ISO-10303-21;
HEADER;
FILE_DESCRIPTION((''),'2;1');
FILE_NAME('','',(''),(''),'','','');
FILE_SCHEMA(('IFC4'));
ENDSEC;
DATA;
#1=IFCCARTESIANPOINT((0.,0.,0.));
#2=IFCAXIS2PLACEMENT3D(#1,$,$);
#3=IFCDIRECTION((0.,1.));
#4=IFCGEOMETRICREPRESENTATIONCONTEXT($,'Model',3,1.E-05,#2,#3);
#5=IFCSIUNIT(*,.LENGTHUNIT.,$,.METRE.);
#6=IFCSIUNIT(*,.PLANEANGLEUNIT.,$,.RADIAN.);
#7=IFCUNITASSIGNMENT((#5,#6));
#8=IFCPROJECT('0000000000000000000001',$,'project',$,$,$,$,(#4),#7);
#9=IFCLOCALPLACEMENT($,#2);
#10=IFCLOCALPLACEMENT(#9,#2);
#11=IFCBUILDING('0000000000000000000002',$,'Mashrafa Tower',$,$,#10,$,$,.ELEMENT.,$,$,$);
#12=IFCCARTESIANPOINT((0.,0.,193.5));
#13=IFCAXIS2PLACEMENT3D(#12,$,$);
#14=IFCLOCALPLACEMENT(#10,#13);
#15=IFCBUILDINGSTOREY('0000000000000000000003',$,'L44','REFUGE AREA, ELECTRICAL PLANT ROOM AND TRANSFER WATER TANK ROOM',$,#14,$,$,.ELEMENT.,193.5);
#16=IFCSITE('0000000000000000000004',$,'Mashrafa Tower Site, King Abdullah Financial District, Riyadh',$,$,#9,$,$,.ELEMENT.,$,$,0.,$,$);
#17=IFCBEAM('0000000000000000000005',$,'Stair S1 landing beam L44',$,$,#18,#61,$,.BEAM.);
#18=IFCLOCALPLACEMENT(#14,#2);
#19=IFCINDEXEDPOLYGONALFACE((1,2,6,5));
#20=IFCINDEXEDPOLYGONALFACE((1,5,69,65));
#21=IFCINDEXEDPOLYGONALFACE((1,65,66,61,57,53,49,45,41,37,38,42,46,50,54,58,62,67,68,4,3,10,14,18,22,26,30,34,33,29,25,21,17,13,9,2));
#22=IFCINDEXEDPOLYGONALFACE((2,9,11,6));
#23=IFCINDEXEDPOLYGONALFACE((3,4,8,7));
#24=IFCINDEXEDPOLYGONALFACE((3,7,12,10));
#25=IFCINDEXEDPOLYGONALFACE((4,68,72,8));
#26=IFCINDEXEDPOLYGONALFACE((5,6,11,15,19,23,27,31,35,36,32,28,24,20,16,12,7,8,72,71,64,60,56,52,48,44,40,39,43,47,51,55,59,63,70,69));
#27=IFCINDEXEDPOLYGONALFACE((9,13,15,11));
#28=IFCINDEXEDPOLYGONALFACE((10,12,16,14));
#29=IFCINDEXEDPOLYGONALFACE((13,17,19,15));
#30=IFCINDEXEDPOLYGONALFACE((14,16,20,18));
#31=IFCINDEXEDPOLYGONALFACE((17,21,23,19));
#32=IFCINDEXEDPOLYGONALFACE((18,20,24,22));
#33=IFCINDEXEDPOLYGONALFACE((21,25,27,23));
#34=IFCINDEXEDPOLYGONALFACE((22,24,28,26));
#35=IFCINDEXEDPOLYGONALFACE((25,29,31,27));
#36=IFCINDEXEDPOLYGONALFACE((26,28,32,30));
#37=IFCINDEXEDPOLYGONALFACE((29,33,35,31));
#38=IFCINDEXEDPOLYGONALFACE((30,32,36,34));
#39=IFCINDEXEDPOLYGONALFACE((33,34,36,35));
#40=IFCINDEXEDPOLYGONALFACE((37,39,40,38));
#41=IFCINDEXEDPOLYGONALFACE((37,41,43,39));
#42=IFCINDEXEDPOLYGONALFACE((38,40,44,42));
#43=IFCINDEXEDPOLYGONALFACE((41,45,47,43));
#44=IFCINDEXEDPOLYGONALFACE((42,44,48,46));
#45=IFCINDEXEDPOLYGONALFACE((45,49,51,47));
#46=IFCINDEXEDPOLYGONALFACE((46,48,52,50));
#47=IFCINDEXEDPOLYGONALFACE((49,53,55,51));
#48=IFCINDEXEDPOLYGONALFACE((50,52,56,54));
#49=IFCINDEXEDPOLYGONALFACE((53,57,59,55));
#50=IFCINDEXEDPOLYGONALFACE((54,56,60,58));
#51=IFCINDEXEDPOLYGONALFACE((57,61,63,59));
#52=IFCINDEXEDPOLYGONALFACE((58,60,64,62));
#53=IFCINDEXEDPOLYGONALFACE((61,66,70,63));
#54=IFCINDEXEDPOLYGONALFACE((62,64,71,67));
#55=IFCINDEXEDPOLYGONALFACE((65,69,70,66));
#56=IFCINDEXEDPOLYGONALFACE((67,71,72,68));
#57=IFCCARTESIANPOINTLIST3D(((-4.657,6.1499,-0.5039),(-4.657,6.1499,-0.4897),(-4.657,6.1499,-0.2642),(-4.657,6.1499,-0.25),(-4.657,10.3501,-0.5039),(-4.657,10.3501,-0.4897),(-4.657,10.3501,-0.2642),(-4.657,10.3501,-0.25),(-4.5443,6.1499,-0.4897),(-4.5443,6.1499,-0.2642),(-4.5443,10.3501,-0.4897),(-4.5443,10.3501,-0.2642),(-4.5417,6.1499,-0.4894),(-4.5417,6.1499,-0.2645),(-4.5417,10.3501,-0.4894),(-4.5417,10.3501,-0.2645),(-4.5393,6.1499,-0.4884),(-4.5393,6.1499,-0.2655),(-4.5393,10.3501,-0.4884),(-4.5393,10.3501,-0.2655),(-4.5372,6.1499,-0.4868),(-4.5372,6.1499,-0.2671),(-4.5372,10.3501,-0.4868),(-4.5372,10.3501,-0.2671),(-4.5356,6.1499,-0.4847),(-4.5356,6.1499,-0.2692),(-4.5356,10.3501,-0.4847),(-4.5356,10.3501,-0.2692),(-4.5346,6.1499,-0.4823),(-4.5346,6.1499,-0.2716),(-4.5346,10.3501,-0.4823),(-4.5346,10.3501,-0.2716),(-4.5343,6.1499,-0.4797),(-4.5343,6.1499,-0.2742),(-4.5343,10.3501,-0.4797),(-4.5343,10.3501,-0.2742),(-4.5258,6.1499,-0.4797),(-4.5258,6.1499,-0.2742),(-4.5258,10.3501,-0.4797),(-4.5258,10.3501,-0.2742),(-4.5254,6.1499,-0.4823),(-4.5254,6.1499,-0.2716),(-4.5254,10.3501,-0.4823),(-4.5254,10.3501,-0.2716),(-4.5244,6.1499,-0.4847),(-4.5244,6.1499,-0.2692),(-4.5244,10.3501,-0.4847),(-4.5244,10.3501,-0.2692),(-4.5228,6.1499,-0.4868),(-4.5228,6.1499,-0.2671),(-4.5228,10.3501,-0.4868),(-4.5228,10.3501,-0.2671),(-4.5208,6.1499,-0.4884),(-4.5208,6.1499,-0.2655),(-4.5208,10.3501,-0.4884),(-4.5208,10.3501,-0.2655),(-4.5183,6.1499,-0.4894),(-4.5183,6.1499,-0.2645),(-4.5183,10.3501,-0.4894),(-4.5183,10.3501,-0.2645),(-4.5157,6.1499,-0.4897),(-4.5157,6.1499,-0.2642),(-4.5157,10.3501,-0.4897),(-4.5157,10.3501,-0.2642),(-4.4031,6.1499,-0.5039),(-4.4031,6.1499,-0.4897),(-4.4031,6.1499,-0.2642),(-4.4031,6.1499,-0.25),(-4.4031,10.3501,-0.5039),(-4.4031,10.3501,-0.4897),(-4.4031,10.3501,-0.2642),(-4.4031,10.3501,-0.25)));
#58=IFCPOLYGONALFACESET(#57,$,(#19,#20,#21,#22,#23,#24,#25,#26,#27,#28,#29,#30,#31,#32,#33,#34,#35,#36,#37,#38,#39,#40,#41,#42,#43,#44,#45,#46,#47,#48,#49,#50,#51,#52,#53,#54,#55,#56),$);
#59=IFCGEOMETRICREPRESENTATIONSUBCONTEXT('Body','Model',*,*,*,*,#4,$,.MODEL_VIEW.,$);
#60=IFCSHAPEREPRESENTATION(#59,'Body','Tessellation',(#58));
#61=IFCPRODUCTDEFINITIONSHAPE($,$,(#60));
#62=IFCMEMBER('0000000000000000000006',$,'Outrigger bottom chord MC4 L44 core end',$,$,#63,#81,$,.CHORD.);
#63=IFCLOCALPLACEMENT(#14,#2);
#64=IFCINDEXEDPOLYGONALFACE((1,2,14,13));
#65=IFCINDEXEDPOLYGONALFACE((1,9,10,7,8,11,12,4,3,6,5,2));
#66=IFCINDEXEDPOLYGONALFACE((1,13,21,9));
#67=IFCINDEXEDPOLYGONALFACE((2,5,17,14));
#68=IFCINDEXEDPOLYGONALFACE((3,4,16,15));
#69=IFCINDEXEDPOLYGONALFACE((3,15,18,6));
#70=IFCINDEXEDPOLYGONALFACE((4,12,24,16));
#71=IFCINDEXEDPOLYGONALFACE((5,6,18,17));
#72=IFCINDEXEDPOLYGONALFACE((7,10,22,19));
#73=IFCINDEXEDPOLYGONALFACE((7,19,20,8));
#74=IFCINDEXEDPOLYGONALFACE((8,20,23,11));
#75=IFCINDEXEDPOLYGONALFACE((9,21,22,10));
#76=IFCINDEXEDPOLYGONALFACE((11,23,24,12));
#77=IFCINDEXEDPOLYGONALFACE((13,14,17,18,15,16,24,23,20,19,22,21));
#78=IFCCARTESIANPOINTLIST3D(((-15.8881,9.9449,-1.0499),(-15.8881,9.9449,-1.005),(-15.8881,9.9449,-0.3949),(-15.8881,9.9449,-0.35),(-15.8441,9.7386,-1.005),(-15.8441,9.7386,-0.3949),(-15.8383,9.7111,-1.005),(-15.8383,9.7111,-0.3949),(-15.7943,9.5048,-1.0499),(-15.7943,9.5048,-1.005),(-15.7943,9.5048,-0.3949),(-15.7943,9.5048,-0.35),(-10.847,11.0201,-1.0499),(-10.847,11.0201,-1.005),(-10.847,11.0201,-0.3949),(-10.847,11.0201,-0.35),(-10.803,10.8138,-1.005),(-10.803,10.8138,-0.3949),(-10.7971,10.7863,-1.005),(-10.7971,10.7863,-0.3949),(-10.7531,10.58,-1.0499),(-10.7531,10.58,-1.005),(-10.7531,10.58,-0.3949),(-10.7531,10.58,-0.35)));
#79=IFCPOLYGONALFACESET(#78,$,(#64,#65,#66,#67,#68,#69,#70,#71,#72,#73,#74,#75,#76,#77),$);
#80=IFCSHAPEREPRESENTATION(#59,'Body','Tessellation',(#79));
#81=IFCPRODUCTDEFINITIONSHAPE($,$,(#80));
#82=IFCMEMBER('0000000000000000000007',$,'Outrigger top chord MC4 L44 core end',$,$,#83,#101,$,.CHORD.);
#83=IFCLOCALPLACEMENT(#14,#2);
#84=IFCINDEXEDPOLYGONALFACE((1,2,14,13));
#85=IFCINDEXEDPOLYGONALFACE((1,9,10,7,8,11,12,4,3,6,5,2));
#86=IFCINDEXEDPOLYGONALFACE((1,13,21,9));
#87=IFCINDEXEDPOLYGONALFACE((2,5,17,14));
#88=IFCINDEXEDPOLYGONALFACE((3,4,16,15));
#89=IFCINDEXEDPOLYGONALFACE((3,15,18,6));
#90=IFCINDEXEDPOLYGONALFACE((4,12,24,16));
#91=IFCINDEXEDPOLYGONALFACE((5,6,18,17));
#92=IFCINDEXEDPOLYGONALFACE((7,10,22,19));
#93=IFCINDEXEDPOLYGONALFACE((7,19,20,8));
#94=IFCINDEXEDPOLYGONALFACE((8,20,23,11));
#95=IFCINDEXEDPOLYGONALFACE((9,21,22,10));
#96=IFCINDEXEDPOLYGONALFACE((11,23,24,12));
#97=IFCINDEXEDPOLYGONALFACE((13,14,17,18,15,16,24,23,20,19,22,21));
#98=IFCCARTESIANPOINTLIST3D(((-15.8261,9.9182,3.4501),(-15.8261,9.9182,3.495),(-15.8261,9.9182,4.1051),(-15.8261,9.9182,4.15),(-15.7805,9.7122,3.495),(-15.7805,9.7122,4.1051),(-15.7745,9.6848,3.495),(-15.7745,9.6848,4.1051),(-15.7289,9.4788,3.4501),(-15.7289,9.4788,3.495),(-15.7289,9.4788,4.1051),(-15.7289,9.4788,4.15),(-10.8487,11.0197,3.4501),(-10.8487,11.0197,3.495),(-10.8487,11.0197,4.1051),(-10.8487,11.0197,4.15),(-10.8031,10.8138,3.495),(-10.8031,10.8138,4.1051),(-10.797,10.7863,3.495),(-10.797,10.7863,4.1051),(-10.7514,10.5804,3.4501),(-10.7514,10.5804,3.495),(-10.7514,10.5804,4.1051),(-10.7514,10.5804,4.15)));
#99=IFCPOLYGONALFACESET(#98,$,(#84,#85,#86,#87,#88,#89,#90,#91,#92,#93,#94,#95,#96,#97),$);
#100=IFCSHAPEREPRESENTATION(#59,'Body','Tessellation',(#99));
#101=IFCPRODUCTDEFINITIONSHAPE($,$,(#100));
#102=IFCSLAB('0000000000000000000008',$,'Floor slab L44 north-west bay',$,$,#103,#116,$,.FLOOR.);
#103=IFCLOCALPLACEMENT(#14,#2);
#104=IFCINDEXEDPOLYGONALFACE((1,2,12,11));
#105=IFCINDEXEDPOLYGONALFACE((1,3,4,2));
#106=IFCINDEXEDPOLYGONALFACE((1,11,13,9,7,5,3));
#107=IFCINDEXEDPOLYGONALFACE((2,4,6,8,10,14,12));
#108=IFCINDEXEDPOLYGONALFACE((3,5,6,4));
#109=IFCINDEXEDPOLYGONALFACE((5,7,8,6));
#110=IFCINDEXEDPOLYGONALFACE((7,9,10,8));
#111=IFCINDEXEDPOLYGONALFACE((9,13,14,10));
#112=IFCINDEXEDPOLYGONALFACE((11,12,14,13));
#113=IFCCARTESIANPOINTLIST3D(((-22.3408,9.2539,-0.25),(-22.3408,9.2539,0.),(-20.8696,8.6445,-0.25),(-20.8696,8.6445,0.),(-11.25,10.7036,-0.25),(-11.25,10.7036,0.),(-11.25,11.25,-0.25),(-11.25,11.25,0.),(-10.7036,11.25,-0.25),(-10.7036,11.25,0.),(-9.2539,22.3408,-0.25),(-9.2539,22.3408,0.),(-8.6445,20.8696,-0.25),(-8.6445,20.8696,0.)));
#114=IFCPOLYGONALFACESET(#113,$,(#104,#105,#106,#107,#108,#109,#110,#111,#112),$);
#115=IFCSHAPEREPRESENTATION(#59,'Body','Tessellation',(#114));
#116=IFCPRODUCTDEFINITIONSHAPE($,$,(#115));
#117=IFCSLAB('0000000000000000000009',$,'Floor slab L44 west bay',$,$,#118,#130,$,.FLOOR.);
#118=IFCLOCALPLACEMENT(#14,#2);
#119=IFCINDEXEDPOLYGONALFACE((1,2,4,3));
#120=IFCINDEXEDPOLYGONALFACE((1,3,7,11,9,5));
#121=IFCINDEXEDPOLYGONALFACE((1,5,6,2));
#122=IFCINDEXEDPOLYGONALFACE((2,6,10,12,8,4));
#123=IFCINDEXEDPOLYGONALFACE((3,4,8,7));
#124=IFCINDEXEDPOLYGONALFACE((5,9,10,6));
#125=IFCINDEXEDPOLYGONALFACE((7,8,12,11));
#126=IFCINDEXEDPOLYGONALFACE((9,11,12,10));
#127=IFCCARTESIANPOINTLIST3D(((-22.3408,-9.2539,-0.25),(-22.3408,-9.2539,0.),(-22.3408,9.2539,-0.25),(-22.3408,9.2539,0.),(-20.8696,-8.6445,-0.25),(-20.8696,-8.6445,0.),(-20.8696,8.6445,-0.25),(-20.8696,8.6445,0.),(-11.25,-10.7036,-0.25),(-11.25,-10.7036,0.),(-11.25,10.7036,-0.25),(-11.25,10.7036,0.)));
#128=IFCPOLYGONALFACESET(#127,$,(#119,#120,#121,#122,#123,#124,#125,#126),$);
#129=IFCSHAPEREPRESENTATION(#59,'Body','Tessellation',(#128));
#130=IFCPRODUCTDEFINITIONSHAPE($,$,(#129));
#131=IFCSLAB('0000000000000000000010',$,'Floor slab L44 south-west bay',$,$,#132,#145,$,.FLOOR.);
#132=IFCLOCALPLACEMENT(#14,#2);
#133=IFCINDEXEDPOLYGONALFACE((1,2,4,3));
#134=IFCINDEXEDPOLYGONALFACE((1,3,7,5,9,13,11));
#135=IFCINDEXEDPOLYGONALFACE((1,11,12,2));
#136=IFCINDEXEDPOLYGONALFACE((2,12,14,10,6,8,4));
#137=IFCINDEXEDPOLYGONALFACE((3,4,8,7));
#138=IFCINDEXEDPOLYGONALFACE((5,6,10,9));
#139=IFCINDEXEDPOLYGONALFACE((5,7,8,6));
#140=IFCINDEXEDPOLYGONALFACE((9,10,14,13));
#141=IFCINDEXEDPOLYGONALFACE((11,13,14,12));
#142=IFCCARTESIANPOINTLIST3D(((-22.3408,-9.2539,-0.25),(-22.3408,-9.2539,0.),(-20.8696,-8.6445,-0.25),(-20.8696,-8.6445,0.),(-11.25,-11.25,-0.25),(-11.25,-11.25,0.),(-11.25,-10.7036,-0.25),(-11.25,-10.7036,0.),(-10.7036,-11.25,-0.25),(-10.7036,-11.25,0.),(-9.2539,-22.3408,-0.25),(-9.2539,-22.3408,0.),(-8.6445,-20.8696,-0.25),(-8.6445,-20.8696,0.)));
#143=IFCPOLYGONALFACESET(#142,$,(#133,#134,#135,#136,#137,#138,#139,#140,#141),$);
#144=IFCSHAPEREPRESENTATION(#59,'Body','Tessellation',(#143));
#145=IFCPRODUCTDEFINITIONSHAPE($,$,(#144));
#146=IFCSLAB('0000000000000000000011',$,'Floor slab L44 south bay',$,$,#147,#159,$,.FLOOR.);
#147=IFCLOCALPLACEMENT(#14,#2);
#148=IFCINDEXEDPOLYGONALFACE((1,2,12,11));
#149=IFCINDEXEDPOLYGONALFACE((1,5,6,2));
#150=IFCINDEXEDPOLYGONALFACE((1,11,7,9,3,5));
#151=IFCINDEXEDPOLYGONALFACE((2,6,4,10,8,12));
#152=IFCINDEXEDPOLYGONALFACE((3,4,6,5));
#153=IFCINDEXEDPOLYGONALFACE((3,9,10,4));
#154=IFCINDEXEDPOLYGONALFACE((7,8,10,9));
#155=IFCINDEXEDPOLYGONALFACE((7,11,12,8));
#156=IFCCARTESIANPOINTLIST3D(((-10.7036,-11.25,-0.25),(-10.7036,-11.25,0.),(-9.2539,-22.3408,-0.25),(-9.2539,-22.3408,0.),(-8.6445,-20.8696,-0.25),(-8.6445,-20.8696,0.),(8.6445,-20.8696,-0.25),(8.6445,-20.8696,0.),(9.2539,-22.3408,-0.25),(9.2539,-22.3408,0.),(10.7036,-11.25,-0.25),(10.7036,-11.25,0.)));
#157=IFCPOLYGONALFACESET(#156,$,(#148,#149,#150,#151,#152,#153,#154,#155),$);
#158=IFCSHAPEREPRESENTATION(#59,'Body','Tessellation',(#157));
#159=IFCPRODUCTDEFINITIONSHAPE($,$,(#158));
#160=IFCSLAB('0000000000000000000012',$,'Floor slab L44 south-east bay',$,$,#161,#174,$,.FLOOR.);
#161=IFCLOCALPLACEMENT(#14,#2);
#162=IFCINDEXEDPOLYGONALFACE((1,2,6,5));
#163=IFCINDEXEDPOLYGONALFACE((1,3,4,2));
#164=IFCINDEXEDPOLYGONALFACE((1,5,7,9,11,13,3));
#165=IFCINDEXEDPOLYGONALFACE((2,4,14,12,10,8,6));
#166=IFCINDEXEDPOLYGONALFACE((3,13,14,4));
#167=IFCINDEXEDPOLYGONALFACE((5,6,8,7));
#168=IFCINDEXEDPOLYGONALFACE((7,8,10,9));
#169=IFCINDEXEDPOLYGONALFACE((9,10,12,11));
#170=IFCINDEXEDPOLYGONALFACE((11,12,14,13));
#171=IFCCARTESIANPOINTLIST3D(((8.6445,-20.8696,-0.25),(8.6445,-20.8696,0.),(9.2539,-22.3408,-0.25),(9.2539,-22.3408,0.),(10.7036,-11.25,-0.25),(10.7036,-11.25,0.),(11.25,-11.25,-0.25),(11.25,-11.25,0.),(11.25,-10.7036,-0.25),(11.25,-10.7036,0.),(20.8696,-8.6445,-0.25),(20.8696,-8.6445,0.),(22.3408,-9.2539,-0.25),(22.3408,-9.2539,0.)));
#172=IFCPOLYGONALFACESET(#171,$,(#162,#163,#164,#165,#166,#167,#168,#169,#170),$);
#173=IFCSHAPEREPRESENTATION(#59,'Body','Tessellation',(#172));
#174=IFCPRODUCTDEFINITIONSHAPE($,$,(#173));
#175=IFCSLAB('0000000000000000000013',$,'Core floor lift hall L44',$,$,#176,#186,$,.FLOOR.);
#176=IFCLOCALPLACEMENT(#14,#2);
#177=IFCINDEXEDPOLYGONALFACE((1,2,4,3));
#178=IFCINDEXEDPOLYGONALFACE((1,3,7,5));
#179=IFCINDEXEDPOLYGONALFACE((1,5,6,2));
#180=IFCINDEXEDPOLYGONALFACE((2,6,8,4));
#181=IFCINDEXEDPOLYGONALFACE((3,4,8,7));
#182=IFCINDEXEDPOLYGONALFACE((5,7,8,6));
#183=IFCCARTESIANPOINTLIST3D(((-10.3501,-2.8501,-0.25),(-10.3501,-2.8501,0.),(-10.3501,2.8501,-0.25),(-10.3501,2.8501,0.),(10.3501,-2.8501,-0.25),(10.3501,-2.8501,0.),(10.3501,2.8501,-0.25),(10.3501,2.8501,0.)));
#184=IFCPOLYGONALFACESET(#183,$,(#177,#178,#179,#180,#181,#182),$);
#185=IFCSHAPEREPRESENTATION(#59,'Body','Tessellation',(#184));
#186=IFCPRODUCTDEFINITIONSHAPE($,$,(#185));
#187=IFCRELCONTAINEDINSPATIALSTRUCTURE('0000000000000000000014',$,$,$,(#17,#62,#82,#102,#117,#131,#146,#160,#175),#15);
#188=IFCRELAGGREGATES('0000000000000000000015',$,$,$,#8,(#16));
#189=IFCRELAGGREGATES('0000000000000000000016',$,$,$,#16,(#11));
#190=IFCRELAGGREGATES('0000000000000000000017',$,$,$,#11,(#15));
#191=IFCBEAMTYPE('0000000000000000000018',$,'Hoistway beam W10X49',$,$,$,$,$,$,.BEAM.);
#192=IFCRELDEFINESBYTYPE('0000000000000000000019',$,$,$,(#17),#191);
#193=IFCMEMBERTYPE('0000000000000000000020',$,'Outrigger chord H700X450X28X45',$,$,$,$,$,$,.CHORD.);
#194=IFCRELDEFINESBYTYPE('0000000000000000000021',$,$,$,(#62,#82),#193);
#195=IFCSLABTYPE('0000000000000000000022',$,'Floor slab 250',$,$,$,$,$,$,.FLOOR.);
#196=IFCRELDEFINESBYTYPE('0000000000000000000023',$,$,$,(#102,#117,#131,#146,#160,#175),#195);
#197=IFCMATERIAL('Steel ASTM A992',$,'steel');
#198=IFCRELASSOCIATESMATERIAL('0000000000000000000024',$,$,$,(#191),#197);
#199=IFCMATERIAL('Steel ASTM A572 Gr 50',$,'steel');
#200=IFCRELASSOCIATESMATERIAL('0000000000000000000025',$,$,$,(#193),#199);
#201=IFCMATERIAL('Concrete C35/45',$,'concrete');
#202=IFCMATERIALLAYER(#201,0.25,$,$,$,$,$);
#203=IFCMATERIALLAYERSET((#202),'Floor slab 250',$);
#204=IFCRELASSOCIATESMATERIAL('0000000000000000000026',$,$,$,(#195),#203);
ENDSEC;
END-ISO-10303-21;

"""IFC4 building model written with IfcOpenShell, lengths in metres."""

from ifc_helpers import new_model, si_unit, direction, frame, origin, origin_2d, place, context, subcontext, project, spatial, polyline, i_section, outline, extrude, source, transform, mapped, material, layer, layer_set, material_profile, profile_set, type_object, type_shapes, element, save


model = new_model("IFC4")

# Units and contexts
model_context = context("Model", 3, precision=1e-05, world=origin(), true_north=direction((0.0, 1.0)))
body_context = subcontext(model_context, "Body", "Model", "MODEL_VIEW")
ifc_project = project(units=[si_unit("LENGTHUNIT", "METRE"), si_unit("PLANEANGLEUNIT", "RADIAN")], contexts=[model_context])

# Site, building, storey
site_placement = place(None, origin())
site = spatial("IfcSite", under=ifc_project, at=site_placement, Name="Mashrafa Tower Site, King Abdullah Financial District, Riyadh", CompositionType="ELEMENT", RefElevation=0.0)
building_placement = place(site_placement, origin())
building = spatial("IfcBuilding", under=site, at=building_placement, Name="Mashrafa Tower", CompositionType="ELEMENT")
storey_placement = place(building_placement, frame((0.0, 0.0, 193.5)))
storey = spatial("IfcBuildingStorey", under=building, at=storey_placement, Name="L44", Description="REFUGE AREA, ELECTRICAL PLANT ROOM AND TRANSFER WATER TANK ROOM", CompositionType="ELEMENT", Elevation=193.5)

# Beam
ifc_material_1 = material(Name="Steel ASTM A992", Category="steel")
ifc_material_profile_1 = material_profile(ifc_material_1, i_section(OverallWidth=0.2539, OverallDepth=0.2539, WebThickness=0.0085, FlangeThickness=0.0142, FilletRadius=0.01, at=origin_2d()), Name="W10X49")
ifc_profile_set_1 = profile_set([ifc_material_profile_1], Name="Steel ASTM A992")
beam_type = type_object("IfcBeamType", Name="Hoistway beam W10X49", PredefinedType="BEAM", material=ifc_profile_set_1)
beam_placement = place(storey_placement, frame((-4.53, 6.1499, -0.377), z_axis=(0.0, 1.0, 0.0), x_axis=(-1.0, 0.0, 0.0)))
element("IfcBeam", 1, at=beam_placement, inside=storey, type_object=beam_type, Name="Stair S1 landing beam L44", PredefinedType="BEAM", context=body_context, shape_type="SweptSolid", body=[
    extrude(i_section(OverallWidth=0.2539, OverallDepth=0.2539, WebThickness=0.0085, FlangeThickness=0.0142, FilletRadius=0.01, at=origin_2d()), origin(), (0.0, 0.0, 1.0), 4.2002),
])

# Members
ifc_material_2 = material(Name="Steel ASTM A572 Gr 50", Category="steel")
ifc_material_profile_2 = material_profile(ifc_material_2, i_section(OverallWidth=0.45, OverallDepth=0.7, WebThickness=0.0281, FlangeThickness=0.0449, at=origin_2d()), Name="H700X450X28X45")
ifc_profile_set_2 = profile_set([ifc_material_profile_2], Name="Steel ASTM A572 Gr 50")
member_type = type_object("IfcMemberType", Name="Outrigger chord H700X450X28X45", PredefinedType="CHORD", material=ifc_profile_set_2)
shared_shape_1 = source(origin(), body_context, "Body", "SweptSolid", [
    extrude(i_section(OverallWidth=0.45, OverallDepth=0.7, WebThickness=0.0281, FlangeThickness=0.0449, at=origin_2d()), origin(), (0.0, 0.0, 1.0), 5.1545),
])
member_1_placement = place(storey_placement, frame((-10.8, 10.8, -0.7), z_axis=(-0.978004, -0.208588, 0.0), x_axis=(0.208588, -0.978004, 0.0)))
element("IfcMember", 2, at=member_1_placement, inside=storey, type_object=member_type, Name="Outrigger bottom chord MC4 L44 core end", PredefinedType="CHORD", context=body_context, shape_type="MappedRepresentation", body=[
    mapped(shared_shape_1, transform((0.0, 0.0, 0.0))),
])
shared_shape_2 = source(origin(), body_context, "Body", "SweptSolid", [
    extrude(i_section(OverallWidth=0.45, OverallDepth=0.7, WebThickness=0.0281, FlangeThickness=0.0449, at=origin_2d()), origin(), (0.0, 0.0, 1.0), 5.0979),
])
type_shapes(member_type, [shared_shape_1, shared_shape_2])
member_2_placement = place(storey_placement, frame((-10.8, 10.8, 3.8), z_axis=(-0.976376, -0.216079, 0.0), x_axis=(0.216079, -0.976376, 0.0)))
element("IfcMember", 3, at=member_2_placement, inside=storey, type_object=member_type, Name="Outrigger top chord MC4 L44 core end", PredefinedType="CHORD", context=body_context, shape_type="MappedRepresentation", body=[
    mapped(shared_shape_2, transform((0.0, 0.0, 0.0))),
])

# Slabs
ifc_material_3 = material(Name="Concrete C35/45", Category="concrete")
ifc_layer_1 = layer(ifc_material_3, 0.25)
ifc_layer_set_1 = layer_set([ifc_layer_1], Name="Floor slab 250")
slab_type = type_object("IfcSlabType", Name="Floor slab 250", PredefinedType="FLOOR", material=ifc_layer_set_1)
slab_1_placement = place(storey_placement, frame((0.0, 0.0, -0.25)))
element("IfcSlab", 4, at=slab_1_placement, inside=storey, type_object=slab_type, Name="Floor slab L44 north-west bay", PredefinedType="FLOOR", context=body_context, shape_type="SweptSolid", body=[
    extrude(outline(polyline([(-22.3408, 9.2539), (-9.2539, 22.3408), (-9.2539, 22.3408), (-8.6445, 20.8696), (-10.7036, 11.25), (-11.25, 11.25), (-11.25, 10.7036), (-20.8696, 8.6445), (-22.3408, 9.2539), (-22.3408, 9.2539)])), origin(), (0.0, 0.0, 1.0), 0.25),
])
slab_2_placement = place(storey_placement, frame((0.0, 0.0, -0.25)))
element("IfcSlab", 5, at=slab_2_placement, inside=storey, type_object=slab_type, Name="Floor slab L44 west bay", PredefinedType="FLOOR", context=body_context, shape_type="SweptSolid", body=[
    extrude(outline(polyline([(-22.3408, 9.2539), (-20.8696, 8.6445), (-11.25, 10.7036), (-11.25, -10.7036), (-20.8696, -8.6445), (-22.3408, -9.2539), (-22.3408, 9.2539)])), origin(), (0.0, 0.0, 1.0), 0.25),
])
slab_3_placement = place(storey_placement, frame((0.0, 0.0, -0.25)))
element("IfcSlab", 6, at=slab_3_placement, inside=storey, type_object=slab_type, Name="Floor slab L44 south-west bay", PredefinedType="FLOOR", context=body_context, shape_type="SweptSolid", body=[
    extrude(outline(polyline([(-9.2539, -22.3408), (-22.3408, -9.2539), (-22.3408, -9.2539), (-20.8696, -8.6445), (-11.25, -10.7036), (-11.25, -11.25), (-10.7036, -11.25), (-8.6445, -20.8696), (-9.2539, -22.3408), (-9.2539, -22.3408)])), origin(), (0.0, 0.0, 1.0), 0.25),
])
slab_4_placement = place(storey_placement, frame((0.0, 0.0, -0.25)))
element("IfcSlab", 7, at=slab_4_placement, inside=storey, type_object=slab_type, Name="Floor slab L44 south bay", PredefinedType="FLOOR", context=body_context, shape_type="SweptSolid", body=[
    extrude(outline(polyline([(-9.2539, -22.3408), (-8.6445, -20.8696), (-10.7036, -11.25), (10.7036, -11.25), (8.6445, -20.8696), (9.2539, -22.3408), (-9.2539, -22.3408)])), origin(), (0.0, 0.0, 1.0), 0.25),
])
slab_5_placement = place(storey_placement, frame((0.0, 0.0, -0.25)))
element("IfcSlab", 8, at=slab_5_placement, inside=storey, type_object=slab_type, Name="Floor slab L44 south-east bay", PredefinedType="FLOOR", context=body_context, shape_type="SweptSolid", body=[
    extrude(outline(polyline([(9.2539, -22.3408), (8.6445, -20.8696), (10.7036, -11.25), (11.25, -11.25), (11.25, -10.7036), (20.8696, -8.6445), (22.3408, -9.2539), (22.3408, -9.2539), (9.2539, -22.3408), (9.2539, -22.3408)])), origin(), (0.0, 0.0, 1.0), 0.25),
])
slab_6_placement = place(storey_placement, frame((0.0, 0.0, -0.25)))
element("IfcSlab", 9, at=slab_6_placement, inside=storey, type_object=slab_type, Name="Core floor lift hall L44", PredefinedType="FLOOR", context=body_context, shape_type="SweptSolid", body=[
    extrude(outline(polyline([(10.3501, 2.8501), (10.3501, -2.8501), (-10.3501, -2.8501), (-10.3501, 2.8501), (10.3501, 2.8501)])), origin(), (0.0, 0.0, 1.0), 0.25),
])

save(model, "model.ifc")
